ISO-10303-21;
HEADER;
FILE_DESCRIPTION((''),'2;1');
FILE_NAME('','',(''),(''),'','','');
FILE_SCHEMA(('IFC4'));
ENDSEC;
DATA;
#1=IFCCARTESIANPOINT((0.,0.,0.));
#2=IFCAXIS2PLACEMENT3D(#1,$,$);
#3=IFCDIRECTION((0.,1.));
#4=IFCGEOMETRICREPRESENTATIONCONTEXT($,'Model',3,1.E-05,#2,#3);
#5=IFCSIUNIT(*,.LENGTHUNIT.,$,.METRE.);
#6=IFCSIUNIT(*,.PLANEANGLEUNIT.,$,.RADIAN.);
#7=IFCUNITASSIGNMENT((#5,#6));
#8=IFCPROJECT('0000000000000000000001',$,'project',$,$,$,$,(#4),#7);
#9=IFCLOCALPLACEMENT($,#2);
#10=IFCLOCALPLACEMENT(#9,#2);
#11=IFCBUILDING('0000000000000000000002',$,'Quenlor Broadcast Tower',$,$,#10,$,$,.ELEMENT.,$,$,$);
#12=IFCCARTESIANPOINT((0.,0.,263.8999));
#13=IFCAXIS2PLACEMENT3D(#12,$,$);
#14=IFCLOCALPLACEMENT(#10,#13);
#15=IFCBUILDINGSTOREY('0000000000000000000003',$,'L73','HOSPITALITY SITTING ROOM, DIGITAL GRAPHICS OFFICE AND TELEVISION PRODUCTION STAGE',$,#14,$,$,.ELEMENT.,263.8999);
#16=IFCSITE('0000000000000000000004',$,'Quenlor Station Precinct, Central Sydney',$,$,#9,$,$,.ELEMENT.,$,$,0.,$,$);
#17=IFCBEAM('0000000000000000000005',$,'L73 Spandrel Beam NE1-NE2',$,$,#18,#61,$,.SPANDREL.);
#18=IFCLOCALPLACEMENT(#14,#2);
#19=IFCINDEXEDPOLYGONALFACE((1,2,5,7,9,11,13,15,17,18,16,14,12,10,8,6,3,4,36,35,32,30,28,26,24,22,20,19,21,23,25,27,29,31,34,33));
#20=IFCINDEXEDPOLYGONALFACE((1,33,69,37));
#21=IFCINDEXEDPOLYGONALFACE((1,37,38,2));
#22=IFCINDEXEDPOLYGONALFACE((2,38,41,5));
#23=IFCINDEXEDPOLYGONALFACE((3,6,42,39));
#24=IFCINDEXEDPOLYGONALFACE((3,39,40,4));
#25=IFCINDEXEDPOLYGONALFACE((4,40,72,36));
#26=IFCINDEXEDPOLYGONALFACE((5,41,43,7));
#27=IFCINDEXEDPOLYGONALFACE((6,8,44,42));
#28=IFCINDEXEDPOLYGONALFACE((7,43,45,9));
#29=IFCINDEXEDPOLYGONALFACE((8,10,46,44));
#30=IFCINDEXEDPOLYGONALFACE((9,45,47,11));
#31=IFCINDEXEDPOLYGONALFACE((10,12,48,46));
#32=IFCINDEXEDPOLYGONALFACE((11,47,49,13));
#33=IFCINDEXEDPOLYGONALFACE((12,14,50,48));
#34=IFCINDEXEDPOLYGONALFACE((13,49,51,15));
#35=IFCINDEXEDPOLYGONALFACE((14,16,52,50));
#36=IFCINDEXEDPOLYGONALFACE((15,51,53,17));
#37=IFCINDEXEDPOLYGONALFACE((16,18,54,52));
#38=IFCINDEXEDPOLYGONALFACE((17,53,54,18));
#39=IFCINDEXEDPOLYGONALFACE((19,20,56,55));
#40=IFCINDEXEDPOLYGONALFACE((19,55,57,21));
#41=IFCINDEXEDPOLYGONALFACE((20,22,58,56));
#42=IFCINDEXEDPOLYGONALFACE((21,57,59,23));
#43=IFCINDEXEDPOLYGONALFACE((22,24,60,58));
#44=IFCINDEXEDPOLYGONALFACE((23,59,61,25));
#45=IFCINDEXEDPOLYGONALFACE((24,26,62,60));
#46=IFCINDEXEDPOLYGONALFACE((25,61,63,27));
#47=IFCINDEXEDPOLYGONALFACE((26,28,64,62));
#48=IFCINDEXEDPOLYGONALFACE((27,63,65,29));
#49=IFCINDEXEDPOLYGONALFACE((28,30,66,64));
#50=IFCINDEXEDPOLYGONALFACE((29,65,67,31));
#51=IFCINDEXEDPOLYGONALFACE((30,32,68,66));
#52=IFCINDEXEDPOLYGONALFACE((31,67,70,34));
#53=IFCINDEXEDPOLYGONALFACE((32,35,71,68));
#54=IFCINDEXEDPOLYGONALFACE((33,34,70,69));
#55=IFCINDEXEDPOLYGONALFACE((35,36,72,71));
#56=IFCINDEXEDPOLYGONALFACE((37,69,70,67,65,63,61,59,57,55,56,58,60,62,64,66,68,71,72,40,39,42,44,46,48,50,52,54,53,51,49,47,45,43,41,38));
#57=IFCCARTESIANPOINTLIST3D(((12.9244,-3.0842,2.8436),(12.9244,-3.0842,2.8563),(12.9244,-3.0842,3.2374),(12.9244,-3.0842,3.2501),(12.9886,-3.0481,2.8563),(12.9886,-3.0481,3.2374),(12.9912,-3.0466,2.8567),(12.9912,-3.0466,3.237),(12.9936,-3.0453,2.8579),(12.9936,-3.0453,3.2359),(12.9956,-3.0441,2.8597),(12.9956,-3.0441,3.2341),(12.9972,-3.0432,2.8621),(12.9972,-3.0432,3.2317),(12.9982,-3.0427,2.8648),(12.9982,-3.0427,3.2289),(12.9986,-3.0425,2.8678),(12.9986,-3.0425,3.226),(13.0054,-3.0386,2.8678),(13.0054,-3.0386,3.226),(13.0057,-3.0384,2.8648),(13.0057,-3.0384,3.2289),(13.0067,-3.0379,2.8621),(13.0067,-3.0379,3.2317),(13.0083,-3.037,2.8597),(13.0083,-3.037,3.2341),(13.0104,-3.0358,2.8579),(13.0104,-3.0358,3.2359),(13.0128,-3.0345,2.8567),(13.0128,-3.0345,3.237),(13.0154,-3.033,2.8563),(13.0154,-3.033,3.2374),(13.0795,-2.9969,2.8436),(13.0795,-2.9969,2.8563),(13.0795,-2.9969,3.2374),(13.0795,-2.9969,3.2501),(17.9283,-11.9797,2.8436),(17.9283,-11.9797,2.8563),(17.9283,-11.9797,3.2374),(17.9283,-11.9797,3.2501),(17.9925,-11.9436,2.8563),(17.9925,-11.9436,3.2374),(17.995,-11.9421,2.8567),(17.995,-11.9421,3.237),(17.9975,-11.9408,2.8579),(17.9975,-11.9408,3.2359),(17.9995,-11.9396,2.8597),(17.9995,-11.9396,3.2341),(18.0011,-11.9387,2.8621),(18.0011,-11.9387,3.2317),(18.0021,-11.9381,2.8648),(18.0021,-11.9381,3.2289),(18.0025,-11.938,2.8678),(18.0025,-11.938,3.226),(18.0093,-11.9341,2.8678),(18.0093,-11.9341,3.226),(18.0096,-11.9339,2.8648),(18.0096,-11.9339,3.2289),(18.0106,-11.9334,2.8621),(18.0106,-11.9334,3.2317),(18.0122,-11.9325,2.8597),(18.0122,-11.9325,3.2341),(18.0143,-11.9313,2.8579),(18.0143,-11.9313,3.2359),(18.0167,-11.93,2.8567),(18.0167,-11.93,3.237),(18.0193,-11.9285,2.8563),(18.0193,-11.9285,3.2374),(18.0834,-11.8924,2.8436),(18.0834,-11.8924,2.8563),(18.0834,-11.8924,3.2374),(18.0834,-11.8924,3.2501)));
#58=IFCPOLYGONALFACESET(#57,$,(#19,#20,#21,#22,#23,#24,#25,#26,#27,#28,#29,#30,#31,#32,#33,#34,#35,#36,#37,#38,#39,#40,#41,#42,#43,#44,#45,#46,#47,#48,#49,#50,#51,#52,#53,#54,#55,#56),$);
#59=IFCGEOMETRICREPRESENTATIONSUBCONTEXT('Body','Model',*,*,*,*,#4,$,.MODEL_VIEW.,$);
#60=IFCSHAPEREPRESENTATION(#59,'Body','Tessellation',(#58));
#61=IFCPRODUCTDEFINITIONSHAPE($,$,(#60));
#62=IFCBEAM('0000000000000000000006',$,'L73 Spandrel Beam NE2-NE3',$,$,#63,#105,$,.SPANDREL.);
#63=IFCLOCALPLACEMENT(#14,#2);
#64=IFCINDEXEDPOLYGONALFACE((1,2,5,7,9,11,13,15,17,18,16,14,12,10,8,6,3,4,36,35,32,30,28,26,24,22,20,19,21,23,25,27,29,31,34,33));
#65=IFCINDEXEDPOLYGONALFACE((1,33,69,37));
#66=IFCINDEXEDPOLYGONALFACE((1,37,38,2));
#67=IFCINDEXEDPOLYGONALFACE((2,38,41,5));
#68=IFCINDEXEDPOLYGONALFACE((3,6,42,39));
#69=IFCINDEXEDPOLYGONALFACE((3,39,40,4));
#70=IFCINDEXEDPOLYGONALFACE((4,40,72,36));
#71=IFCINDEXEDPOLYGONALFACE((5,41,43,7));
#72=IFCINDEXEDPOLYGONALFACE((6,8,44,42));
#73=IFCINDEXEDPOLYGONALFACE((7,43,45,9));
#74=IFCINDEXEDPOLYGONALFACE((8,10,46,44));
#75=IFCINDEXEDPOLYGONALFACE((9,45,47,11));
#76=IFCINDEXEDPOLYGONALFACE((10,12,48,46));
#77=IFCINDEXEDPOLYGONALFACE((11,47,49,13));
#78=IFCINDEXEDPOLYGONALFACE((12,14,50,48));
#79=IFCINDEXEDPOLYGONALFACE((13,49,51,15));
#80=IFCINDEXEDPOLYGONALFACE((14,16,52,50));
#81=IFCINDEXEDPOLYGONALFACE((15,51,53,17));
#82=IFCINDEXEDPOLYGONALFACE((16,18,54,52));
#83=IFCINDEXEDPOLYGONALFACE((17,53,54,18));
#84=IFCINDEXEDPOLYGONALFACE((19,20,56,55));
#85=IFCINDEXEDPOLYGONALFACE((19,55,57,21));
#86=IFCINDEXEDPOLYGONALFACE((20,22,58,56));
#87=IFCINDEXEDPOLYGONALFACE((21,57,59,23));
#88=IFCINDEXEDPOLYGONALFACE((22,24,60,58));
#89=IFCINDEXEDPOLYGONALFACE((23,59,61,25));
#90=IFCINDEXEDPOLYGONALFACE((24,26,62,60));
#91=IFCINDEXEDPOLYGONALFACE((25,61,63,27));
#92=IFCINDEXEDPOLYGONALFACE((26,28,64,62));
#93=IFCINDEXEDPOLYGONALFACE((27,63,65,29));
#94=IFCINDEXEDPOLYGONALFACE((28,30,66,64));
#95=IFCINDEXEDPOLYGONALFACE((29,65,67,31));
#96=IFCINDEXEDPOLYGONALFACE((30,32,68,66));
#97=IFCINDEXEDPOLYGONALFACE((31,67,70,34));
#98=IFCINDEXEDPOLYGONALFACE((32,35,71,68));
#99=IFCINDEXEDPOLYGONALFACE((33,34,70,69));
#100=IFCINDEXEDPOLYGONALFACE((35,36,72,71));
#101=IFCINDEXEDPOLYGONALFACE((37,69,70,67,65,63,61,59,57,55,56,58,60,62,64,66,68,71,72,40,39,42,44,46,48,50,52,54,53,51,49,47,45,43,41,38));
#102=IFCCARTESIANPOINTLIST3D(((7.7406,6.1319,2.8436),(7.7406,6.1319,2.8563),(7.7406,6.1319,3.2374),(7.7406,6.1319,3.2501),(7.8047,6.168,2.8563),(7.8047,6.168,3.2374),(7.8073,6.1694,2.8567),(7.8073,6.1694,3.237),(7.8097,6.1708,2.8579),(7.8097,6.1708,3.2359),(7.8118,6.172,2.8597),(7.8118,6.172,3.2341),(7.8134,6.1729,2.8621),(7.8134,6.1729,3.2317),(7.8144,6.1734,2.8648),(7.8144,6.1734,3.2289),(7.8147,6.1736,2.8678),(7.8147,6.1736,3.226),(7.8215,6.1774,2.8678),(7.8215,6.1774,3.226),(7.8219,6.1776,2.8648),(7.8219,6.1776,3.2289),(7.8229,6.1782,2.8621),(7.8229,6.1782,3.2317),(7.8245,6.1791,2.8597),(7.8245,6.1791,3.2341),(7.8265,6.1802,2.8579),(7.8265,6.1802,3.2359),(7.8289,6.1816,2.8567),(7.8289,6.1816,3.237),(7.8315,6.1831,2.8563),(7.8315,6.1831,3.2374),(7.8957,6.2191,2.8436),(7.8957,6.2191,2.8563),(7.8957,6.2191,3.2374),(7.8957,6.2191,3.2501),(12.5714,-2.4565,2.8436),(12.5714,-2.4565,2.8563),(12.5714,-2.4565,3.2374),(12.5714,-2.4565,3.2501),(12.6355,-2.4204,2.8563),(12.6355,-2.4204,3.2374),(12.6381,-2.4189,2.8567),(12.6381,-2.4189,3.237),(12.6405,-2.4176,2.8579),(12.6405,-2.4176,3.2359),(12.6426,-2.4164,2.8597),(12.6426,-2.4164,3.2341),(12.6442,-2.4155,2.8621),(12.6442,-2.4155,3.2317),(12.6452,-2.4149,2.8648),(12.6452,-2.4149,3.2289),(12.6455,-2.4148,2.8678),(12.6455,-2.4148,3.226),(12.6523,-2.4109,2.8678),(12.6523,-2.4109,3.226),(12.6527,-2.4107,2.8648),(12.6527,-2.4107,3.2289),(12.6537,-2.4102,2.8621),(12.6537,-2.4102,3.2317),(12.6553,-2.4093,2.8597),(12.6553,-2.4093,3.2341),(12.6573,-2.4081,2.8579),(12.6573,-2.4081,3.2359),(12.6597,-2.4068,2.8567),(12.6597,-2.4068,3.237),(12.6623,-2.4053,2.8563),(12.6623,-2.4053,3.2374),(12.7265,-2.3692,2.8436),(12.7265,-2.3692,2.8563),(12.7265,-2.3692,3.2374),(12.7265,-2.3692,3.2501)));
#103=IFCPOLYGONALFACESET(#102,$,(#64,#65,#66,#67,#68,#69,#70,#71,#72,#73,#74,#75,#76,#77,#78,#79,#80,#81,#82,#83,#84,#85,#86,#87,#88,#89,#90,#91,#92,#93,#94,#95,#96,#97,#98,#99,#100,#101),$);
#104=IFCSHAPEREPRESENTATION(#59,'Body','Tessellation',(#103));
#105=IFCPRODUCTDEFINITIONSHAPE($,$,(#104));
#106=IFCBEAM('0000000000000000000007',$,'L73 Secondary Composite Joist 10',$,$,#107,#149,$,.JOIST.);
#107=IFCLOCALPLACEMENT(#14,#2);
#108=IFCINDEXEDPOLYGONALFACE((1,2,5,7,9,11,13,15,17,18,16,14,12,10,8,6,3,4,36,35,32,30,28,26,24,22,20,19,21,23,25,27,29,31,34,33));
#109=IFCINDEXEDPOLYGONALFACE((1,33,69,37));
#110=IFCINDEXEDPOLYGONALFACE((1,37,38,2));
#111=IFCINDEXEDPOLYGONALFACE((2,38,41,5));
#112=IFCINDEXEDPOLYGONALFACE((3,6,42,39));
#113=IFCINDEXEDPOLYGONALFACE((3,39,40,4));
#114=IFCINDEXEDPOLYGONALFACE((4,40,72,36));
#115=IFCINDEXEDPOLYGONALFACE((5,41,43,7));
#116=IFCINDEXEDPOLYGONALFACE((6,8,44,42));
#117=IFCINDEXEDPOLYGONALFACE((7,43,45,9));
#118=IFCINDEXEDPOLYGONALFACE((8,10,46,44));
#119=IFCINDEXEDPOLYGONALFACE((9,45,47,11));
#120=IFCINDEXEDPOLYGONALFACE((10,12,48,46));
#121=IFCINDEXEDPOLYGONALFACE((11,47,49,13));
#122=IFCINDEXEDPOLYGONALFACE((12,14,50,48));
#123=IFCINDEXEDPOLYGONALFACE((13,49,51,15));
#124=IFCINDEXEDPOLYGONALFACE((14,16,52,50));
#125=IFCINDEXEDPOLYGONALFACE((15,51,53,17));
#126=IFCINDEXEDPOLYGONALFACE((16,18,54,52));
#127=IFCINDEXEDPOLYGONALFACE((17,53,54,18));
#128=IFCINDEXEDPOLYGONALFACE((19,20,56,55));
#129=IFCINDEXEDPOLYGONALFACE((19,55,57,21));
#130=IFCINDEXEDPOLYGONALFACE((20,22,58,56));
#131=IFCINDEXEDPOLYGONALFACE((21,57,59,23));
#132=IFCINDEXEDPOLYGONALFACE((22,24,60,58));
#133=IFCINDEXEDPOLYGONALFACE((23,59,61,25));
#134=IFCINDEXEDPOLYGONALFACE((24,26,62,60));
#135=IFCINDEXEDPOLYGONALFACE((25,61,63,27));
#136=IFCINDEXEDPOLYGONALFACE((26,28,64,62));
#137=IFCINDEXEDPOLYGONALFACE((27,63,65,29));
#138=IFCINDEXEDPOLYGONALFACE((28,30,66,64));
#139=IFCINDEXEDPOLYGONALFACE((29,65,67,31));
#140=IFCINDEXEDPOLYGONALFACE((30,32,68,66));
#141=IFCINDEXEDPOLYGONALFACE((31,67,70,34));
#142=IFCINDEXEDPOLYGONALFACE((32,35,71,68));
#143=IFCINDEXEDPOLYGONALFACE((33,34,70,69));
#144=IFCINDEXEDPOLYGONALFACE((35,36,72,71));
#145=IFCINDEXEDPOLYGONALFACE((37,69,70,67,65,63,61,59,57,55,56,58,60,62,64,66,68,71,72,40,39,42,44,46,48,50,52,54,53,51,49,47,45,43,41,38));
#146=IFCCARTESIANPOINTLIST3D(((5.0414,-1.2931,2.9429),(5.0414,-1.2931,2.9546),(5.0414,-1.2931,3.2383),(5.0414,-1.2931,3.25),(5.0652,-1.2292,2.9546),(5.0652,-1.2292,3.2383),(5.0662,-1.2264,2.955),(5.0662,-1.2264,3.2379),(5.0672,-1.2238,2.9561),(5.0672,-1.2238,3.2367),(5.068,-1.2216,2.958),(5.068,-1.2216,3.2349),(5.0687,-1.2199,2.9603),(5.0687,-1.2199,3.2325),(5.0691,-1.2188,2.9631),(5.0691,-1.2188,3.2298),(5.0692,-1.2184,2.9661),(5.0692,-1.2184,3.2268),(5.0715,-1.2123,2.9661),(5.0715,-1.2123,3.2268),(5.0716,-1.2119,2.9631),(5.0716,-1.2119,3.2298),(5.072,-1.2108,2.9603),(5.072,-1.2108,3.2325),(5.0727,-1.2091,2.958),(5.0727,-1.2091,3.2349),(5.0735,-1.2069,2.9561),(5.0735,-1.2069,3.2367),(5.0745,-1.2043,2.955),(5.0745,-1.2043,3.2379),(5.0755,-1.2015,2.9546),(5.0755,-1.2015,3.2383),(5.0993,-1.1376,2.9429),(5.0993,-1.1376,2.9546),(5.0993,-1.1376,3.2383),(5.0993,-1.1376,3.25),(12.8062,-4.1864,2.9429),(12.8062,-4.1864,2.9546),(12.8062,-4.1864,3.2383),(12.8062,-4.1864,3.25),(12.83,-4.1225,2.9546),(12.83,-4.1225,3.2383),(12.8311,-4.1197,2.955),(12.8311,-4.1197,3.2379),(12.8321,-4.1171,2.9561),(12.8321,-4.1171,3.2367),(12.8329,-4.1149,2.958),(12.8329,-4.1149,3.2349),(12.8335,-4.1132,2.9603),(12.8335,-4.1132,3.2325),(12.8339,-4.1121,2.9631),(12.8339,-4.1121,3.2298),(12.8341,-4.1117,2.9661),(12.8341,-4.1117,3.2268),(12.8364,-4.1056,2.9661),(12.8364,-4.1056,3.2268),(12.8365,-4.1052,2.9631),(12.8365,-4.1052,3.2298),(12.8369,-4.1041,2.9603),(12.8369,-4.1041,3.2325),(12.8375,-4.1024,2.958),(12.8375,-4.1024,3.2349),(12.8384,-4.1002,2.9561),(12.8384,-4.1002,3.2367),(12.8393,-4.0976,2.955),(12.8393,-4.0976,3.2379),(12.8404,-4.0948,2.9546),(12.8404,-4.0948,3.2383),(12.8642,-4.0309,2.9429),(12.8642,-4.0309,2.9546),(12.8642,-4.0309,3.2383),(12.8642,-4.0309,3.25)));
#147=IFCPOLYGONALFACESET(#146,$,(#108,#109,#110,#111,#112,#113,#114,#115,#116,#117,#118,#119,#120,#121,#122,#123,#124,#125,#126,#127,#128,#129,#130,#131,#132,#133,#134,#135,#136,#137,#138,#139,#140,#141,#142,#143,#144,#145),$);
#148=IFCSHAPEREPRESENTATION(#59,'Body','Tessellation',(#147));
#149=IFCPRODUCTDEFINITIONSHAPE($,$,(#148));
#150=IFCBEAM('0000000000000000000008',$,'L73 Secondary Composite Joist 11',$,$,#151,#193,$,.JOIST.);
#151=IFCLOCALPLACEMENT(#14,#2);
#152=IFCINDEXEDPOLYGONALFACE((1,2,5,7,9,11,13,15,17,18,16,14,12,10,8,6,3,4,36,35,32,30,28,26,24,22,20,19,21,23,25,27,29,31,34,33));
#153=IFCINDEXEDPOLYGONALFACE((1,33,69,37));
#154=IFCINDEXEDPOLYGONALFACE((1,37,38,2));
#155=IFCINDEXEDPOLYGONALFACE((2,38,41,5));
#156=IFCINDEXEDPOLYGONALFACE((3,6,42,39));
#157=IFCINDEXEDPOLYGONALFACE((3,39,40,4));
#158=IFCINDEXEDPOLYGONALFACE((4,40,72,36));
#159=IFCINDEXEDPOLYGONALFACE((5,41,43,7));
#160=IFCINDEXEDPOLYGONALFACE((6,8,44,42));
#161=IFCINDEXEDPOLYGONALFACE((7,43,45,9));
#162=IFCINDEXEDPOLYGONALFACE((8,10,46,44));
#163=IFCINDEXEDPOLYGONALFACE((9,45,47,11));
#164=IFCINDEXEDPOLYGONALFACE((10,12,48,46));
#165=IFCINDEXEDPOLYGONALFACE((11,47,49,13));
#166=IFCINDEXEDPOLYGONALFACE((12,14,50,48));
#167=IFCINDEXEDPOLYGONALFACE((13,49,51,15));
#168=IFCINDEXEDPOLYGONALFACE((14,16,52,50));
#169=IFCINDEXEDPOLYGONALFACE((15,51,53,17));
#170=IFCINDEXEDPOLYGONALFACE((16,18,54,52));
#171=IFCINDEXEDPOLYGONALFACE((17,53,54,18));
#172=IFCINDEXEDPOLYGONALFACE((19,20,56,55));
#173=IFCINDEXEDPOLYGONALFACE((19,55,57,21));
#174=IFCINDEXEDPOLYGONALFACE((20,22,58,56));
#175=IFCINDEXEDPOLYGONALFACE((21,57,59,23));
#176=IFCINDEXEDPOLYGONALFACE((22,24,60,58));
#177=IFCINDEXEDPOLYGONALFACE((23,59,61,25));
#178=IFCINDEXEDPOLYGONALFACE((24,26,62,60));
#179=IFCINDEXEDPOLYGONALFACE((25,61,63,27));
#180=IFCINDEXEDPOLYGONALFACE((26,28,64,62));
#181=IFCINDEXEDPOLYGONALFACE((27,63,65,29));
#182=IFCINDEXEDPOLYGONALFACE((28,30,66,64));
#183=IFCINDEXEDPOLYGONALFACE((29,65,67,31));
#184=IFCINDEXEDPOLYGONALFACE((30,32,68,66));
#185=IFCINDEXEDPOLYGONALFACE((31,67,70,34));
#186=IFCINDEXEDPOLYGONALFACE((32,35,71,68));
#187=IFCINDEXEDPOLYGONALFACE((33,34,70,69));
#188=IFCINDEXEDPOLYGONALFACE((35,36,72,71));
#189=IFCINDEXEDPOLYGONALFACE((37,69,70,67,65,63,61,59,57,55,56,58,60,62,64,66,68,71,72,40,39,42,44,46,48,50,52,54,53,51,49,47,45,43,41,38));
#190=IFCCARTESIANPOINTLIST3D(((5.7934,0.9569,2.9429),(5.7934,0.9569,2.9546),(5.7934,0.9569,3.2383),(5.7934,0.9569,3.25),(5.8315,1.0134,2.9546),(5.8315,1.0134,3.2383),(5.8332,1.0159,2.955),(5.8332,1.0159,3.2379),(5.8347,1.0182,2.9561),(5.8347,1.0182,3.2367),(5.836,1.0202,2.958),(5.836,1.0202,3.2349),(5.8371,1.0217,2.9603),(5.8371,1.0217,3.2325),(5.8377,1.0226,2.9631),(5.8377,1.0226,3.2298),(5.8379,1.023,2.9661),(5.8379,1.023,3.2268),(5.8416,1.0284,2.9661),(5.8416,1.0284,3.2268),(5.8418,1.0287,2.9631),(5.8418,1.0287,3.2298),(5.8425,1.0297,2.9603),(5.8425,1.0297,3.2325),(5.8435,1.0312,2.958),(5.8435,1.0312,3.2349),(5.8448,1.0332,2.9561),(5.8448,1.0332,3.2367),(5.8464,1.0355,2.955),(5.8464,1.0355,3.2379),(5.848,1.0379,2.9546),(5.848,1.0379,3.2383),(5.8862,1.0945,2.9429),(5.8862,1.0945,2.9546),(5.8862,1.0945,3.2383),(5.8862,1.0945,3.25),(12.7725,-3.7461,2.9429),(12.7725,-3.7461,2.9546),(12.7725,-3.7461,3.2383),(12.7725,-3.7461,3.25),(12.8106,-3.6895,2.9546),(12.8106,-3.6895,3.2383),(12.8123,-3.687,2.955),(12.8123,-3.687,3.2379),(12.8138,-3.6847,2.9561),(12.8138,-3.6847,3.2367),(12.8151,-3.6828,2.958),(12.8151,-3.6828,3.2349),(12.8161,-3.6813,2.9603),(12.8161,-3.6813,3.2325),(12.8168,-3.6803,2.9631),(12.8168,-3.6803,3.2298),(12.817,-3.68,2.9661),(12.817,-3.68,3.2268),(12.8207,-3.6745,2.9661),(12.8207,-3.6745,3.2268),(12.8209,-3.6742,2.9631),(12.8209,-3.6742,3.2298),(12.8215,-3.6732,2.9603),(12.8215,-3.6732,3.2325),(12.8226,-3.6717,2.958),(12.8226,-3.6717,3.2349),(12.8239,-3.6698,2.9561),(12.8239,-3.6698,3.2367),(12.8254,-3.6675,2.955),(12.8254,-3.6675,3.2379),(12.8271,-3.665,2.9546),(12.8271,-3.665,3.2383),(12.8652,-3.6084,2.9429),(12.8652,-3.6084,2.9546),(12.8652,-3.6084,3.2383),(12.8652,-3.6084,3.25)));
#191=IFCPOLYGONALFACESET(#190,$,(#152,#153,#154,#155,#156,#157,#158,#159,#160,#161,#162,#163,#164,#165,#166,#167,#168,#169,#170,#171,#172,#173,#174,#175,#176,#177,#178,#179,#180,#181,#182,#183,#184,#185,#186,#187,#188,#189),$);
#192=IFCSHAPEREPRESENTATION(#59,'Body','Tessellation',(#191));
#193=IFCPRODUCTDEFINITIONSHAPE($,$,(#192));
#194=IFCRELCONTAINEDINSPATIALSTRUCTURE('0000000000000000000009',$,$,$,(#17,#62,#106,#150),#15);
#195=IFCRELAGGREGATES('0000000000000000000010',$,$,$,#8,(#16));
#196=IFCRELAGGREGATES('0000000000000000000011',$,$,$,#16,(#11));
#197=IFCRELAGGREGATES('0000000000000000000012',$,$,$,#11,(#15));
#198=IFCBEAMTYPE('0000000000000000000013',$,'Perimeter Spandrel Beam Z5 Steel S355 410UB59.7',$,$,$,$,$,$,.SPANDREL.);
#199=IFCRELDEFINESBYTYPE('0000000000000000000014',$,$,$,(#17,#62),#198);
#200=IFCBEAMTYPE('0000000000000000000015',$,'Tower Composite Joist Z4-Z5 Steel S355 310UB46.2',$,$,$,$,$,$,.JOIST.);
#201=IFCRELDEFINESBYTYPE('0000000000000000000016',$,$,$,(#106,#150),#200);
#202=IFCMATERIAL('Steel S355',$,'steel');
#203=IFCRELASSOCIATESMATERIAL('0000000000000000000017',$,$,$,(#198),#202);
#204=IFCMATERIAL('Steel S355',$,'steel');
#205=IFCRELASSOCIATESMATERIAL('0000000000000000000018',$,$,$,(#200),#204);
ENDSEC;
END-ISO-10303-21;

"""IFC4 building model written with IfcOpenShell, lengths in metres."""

from ifc_helpers import new_model, si_unit, direction, frame, origin, origin_2d, place, context, subcontext, project, spatial, i_section, extrude, material, material_profile, profile_set, type_object, element, save


model = new_model("IFC4")

# Units and contexts
model_context = context("Model", 3, precision=1e-05, world=origin(), true_north=direction((0.0, 1.0)))
body_context = subcontext(model_context, "Body", "Model", "MODEL_VIEW")
ifc_project = project(units=[si_unit("LENGTHUNIT", "METRE"), si_unit("PLANEANGLEUNIT", "RADIAN")], contexts=[model_context])

# Site, building, storey
site_placement = place(None, origin())
site = spatial("IfcSite", under=ifc_project, at=site_placement, Name="Quenlor Station Precinct, Central Sydney", CompositionType="ELEMENT", RefElevation=0.0)
building_placement = place(site_placement, origin())
building = spatial("IfcBuilding", under=site, at=building_placement, Name="Quenlor Broadcast Tower", CompositionType="ELEMENT")
storey_placement = place(building_placement, frame((0.0, 0.0, 263.8999)))
storey = spatial("IfcBuildingStorey", under=building, at=storey_placement, Name="L73", Description="HOSPITALITY SITTING ROOM, DIGITAL GRAPHICS OFFICE AND TELEVISION PRODUCTION STAGE", CompositionType="ELEMENT", Elevation=263.8999)

# Beams
ifc_material_1 = material(Name="Steel S355", Category="steel")
ifc_material_profile_1 = material_profile(ifc_material_1, i_section(OverallWidth=0.178, OverallDepth=0.4065, WebThickness=0.0078, FlangeThickness=0.0127, FilletRadius=0.0115, at=origin_2d()))
ifc_profile_set_1 = profile_set([ifc_material_profile_1], Name="Steel S355 410UB59.7")
beam_type_1 = type_object("IfcBeamType", Name="Perimeter Spandrel Beam Z5 Steel S355 410UB59.7", PredefinedType="SPANDREL", material=ifc_profile_set_1)
beam_1_placement = place(storey_placement, frame((18.0059, -11.936, 3.0469), z_axis=(-0.490275, 0.871568, 0.0), x_axis=(-0.871568, -0.490275, 0.0)))
element("IfcBeam", 1, at=beam_1_placement, inside=storey, type_object=beam_type_1, Name="L73 Spandrel Beam NE1-NE2", PredefinedType="SPANDREL", context=body_context, shape_type="SweptSolid", body=[
    extrude(i_section(OverallWidth=0.178, OverallDepth=0.4065, WebThickness=0.0078, FlangeThickness=0.0127, FilletRadius=0.0115, at=origin_2d()), origin(), (0.0, 0.0, 1.0), 10.2063),
])
beam_2_placement = place(storey_placement, frame((12.6489, -2.4128, 3.0469), z_axis=(-0.490249, 0.871582, 0.0), x_axis=(-0.871582, -0.490249, 0.0)))
element("IfcBeam", 2, at=beam_2_placement, inside=storey, type_object=beam_type_1, Name="L73 Spandrel Beam NE2-NE3", PredefinedType="SPANDREL", context=body_context, shape_type="SweptSolid", body=[
    extrude(i_section(OverallWidth=0.178, OverallDepth=0.4065, WebThickness=0.0078, FlangeThickness=0.0127, FilletRadius=0.0115, at=origin_2d()), origin(), (0.0, 0.0, 1.0), 9.8538),
])
ifc_material_2 = material(Name="Steel S355", Category="steel")
ifc_material_profile_2 = material_profile(ifc_material_2, i_section(OverallWidth=0.166, OverallDepth=0.3071, WebThickness=0.0066, FlangeThickness=0.0117, FilletRadius=0.0115, at=origin_2d()))
ifc_profile_set_2 = profile_set([ifc_material_profile_2], Name="Steel S355 310UB46.2")
beam_type_2 = type_object("IfcBeamType", Name="Tower Composite Joist Z4-Z5 Steel S355 310UB46.2", PredefinedType="JOIST", material=ifc_profile_set_2)
beam_3_placement = place(storey_placement, frame((12.8352, -4.1086, 3.0964), z_axis=(-0.937062, 0.349163, 0.0), x_axis=(-0.349163, -0.937062, 0.0)))
element("IfcBeam", 3, at=beam_3_placement, inside=storey, type_object=beam_type_2, Name="L73 Secondary Composite Joist 10", PredefinedType="JOIST", context=body_context, shape_type="SweptSolid", body=[
    extrude(i_section(OverallWidth=0.166, OverallDepth=0.3071, WebThickness=0.0066, FlangeThickness=0.0117, FilletRadius=0.0115, at=origin_2d()), origin(), (0.0, 0.0, 1.0), 8.2864),
])
beam_4_placement = place(storey_placement, frame((12.8188, -3.6772, 3.0964), z_axis=(-0.829286, 0.558824, 0.0), x_axis=(-0.558824, -0.829286, 0.0)))
element("IfcBeam", 4, at=beam_4_placement, inside=storey, type_object=beam_type_2, Name="L73 Secondary Composite Joist 11", PredefinedType="JOIST", context=body_context, shape_type="SweptSolid", body=[
    extrude(i_section(OverallWidth=0.166, OverallDepth=0.3071, WebThickness=0.0066, FlangeThickness=0.0117, FilletRadius=0.0115, at=origin_2d()), origin(), (0.0, 0.0, 1.0), 8.4158),
])

save(model, "model.ifc")
